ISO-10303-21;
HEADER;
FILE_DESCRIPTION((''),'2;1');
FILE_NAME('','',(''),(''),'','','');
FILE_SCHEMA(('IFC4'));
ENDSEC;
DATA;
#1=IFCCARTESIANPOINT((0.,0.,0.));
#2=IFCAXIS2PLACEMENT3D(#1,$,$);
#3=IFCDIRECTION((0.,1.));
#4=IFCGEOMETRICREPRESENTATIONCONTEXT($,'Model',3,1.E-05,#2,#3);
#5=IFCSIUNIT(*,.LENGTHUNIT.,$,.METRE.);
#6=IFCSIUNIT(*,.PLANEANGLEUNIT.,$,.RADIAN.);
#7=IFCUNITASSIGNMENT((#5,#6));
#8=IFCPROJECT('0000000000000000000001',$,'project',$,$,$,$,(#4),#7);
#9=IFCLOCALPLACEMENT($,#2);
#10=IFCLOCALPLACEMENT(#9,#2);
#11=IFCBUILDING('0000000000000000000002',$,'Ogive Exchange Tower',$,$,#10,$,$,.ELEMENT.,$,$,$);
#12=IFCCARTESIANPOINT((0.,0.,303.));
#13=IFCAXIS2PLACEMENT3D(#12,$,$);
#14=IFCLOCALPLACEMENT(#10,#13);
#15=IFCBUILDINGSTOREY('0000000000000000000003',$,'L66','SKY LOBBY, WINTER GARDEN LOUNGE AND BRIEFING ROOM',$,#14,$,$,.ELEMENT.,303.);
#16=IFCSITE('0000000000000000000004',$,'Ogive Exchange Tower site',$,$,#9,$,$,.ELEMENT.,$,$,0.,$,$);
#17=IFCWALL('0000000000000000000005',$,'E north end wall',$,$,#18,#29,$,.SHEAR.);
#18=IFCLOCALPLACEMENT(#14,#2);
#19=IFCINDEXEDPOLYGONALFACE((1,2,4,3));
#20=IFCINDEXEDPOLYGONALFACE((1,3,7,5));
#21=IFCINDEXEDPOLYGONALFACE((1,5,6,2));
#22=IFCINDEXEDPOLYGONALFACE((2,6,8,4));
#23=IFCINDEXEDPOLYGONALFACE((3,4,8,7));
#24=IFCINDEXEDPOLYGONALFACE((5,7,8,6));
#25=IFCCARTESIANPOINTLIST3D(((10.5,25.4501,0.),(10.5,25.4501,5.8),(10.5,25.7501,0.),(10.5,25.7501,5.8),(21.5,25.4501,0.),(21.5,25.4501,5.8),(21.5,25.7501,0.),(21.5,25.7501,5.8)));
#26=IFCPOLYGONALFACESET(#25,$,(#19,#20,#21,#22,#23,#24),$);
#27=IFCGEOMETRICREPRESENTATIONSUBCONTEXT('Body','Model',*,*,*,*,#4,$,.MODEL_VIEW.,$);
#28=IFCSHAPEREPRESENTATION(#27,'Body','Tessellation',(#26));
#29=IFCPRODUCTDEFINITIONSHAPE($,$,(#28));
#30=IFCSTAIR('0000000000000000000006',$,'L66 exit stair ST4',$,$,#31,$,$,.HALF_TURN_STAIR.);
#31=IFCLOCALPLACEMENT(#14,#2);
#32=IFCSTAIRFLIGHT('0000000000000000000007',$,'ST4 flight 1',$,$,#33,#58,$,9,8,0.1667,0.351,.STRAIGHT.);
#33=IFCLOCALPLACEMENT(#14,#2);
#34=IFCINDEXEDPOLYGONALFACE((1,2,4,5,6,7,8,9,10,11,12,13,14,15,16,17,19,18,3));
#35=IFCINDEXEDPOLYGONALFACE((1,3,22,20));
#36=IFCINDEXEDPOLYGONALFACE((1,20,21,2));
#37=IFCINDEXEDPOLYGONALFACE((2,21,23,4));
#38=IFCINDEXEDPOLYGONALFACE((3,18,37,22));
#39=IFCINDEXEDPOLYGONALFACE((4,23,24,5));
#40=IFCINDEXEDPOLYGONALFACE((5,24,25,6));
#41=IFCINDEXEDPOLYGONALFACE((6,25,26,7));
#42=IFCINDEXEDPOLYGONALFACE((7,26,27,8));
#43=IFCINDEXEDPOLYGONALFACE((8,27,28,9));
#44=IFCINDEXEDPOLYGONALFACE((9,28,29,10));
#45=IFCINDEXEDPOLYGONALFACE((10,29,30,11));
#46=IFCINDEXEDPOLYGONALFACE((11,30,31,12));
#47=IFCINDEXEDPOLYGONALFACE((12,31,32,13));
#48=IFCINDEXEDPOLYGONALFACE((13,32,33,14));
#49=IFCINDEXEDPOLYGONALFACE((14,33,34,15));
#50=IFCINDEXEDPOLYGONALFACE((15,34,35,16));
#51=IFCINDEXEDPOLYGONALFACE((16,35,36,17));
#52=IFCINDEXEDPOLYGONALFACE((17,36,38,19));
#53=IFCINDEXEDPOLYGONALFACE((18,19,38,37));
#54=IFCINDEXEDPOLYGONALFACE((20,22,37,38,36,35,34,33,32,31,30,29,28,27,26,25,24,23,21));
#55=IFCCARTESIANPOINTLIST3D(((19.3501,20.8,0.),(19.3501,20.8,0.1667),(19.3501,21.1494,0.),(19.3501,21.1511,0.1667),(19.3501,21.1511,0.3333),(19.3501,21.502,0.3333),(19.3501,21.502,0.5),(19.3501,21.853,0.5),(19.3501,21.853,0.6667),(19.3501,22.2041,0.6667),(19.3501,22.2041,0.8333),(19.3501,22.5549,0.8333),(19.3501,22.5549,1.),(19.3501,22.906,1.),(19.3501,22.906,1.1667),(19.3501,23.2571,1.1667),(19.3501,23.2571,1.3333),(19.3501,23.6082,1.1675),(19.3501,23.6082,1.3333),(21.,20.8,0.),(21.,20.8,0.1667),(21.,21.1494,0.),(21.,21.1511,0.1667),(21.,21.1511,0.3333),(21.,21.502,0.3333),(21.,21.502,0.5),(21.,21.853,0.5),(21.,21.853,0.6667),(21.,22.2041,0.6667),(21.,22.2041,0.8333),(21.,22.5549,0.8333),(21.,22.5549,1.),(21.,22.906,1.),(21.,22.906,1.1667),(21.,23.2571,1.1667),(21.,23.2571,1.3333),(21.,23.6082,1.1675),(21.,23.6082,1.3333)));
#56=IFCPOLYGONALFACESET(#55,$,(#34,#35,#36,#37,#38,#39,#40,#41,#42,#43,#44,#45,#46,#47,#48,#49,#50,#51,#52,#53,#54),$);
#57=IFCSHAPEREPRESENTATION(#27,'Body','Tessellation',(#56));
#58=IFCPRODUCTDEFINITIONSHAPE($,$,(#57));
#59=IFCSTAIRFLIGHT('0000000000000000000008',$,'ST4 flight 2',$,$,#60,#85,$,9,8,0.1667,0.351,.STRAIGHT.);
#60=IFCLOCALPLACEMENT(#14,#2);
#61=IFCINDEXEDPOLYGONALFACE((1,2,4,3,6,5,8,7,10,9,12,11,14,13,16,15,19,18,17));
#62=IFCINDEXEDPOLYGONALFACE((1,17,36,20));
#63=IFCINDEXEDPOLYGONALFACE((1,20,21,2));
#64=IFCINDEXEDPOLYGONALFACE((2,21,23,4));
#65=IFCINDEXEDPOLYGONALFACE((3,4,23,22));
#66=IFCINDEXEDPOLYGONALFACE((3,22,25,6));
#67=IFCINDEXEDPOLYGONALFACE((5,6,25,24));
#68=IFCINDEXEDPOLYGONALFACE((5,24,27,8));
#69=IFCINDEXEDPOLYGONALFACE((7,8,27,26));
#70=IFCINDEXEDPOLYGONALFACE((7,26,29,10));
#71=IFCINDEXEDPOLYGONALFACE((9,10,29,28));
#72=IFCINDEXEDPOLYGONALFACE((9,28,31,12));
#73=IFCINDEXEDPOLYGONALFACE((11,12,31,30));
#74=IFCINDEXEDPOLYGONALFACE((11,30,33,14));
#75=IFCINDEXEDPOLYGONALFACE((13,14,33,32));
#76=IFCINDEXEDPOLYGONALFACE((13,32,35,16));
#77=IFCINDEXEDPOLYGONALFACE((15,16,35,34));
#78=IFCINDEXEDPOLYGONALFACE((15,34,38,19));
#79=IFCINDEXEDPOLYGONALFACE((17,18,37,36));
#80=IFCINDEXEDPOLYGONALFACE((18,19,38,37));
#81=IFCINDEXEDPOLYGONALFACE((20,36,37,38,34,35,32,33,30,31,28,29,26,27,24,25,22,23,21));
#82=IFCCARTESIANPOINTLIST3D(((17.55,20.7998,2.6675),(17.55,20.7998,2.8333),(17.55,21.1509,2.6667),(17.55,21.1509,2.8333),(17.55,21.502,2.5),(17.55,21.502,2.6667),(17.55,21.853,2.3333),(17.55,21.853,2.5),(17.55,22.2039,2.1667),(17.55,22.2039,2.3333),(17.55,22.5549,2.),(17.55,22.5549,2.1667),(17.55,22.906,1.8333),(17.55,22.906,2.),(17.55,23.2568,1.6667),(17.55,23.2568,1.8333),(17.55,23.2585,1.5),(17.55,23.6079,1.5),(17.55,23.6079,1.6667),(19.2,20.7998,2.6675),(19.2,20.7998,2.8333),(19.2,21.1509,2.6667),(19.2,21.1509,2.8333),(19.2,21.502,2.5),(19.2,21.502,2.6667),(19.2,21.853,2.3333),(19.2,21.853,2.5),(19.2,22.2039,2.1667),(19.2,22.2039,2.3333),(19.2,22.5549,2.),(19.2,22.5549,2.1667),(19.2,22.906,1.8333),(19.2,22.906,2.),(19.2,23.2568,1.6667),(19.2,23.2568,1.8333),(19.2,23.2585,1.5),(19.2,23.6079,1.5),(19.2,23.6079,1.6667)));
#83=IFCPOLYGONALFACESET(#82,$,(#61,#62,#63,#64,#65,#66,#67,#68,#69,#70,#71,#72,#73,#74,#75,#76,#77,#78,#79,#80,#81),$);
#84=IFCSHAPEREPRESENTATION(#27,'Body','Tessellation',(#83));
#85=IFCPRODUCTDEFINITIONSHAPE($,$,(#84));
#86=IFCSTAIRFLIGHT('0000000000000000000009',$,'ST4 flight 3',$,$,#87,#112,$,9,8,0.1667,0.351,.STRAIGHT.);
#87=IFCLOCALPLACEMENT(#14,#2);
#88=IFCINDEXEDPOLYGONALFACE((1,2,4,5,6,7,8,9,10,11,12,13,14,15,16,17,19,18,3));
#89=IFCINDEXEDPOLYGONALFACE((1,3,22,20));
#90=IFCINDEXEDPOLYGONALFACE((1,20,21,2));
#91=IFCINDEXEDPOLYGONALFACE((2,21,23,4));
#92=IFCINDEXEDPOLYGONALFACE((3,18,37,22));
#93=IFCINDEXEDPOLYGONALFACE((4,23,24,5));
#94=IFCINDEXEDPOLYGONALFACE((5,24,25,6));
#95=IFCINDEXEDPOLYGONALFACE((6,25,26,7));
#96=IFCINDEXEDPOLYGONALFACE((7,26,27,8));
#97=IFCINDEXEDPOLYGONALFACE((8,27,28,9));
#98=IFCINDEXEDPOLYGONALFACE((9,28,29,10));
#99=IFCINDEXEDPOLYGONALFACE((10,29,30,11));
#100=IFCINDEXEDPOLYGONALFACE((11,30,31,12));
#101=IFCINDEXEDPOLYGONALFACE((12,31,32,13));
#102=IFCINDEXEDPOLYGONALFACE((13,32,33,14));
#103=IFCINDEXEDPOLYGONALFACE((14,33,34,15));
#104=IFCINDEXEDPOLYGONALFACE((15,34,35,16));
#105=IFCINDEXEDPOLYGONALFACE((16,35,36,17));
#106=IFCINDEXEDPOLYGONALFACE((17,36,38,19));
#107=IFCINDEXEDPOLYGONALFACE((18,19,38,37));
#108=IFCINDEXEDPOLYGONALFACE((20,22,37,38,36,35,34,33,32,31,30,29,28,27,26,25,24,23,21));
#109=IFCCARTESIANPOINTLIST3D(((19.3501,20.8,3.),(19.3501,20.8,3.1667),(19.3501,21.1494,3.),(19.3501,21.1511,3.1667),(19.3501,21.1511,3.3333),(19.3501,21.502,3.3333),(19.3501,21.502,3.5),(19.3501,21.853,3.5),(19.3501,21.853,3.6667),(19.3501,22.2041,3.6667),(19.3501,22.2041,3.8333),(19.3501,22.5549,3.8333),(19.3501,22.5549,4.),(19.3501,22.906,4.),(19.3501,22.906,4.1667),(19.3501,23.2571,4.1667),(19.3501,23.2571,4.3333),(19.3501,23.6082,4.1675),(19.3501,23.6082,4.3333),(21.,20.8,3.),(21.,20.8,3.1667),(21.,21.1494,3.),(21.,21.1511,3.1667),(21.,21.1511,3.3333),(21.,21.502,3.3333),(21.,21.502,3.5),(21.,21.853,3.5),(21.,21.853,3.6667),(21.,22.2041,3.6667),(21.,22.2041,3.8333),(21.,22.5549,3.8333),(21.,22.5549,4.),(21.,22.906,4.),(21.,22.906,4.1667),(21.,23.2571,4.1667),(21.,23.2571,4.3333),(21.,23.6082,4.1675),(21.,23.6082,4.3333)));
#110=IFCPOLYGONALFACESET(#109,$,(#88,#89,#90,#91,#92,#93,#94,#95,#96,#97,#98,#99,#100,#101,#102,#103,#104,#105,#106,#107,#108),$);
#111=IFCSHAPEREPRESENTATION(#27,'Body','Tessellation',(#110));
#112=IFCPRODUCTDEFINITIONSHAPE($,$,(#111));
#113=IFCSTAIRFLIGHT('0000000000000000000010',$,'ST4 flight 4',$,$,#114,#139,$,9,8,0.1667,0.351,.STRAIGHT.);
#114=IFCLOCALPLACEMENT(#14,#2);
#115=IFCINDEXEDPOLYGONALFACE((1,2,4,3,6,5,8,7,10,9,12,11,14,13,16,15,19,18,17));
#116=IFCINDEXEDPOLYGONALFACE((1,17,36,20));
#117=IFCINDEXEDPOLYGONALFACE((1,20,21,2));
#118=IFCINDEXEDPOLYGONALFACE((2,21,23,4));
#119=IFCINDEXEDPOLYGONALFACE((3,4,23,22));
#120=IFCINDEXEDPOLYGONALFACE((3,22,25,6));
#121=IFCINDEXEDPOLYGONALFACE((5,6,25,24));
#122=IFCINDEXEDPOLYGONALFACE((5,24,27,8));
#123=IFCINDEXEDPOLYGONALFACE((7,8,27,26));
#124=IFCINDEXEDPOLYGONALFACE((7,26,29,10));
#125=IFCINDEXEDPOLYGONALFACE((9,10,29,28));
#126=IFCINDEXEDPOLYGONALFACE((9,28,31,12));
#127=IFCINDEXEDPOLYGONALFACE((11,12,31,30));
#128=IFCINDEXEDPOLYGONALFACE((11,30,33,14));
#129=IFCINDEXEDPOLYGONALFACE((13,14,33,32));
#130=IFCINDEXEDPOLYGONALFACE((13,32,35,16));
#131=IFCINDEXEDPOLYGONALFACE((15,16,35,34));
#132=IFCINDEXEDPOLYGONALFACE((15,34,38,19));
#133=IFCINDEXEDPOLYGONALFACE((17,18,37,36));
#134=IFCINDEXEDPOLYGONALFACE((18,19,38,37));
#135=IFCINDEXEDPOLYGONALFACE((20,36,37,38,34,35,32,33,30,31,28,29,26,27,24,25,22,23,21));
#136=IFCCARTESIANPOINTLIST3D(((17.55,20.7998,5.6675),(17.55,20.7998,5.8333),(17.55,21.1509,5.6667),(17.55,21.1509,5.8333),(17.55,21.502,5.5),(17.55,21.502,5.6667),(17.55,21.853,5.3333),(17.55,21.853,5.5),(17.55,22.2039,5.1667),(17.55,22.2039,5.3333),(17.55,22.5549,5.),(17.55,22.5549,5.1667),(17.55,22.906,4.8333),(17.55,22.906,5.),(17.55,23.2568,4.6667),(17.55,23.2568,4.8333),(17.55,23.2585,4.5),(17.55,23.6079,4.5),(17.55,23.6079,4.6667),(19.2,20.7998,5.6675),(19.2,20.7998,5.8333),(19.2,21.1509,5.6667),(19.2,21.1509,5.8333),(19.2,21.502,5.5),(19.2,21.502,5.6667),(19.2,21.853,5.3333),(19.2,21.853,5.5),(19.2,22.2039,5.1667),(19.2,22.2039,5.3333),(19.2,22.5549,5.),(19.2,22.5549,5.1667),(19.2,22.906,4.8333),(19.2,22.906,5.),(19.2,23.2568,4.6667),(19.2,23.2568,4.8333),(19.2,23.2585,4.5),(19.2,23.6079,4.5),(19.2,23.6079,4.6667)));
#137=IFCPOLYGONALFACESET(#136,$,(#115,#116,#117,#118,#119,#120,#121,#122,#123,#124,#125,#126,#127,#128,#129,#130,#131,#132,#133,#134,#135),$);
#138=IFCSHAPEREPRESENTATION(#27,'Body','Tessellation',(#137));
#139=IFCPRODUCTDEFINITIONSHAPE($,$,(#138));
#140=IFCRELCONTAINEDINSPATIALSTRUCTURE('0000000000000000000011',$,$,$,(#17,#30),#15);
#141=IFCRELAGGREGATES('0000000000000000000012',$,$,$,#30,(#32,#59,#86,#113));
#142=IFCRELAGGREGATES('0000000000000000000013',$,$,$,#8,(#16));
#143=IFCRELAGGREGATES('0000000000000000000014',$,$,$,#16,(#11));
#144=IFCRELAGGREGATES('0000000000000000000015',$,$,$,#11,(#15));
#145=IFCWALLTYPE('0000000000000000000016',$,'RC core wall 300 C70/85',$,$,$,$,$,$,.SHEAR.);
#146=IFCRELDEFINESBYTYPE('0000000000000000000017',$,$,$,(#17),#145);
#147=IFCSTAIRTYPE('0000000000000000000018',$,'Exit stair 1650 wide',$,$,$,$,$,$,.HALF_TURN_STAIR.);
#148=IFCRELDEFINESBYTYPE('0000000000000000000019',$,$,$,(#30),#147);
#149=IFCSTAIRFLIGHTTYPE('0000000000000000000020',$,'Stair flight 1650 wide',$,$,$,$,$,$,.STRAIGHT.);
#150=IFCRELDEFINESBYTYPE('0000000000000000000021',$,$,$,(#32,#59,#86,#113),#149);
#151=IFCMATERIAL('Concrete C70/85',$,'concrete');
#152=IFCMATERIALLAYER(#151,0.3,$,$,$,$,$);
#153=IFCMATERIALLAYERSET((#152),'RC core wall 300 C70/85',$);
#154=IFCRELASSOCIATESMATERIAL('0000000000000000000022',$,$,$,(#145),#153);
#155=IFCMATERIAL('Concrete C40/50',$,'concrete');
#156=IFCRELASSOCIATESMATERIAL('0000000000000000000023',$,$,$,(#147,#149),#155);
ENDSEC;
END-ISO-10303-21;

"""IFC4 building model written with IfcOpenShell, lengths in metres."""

from ifc_helpers import new_model, si_unit, direction, frame, frame_2d, origin, place, context, subcontext, project, spatial, polyline, rectangle, outline, extrude, material, layer, layer_set, type_object, element, aggregate, save


model = new_model("IFC4")

# Units and contexts
model_context = context("Model", 3, precision=1e-05, world=origin(), true_north=direction((0.0, 1.0)))
body_context = subcontext(model_context, "Body", "Model", "MODEL_VIEW")
ifc_project = project(units=[si_unit("LENGTHUNIT", "METRE"), si_unit("PLANEANGLEUNIT", "RADIAN")], contexts=[model_context])

# Site, building, storey
site_placement = place(None, origin())
site = spatial("IfcSite", under=ifc_project, at=site_placement, Name="Ogive Exchange Tower site", CompositionType="ELEMENT", RefElevation=0.0)
building_placement = place(site_placement, origin())
building = spatial("IfcBuilding", under=site, at=building_placement, Name="Ogive Exchange Tower", CompositionType="ELEMENT")
storey_placement = place(building_placement, frame((0.0, 0.0, 303.0)))
storey = spatial("IfcBuildingStorey", under=building, at=storey_placement, Name="L66", Description="SKY LOBBY, WINTER GARDEN LOUNGE AND BRIEFING ROOM", CompositionType="ELEMENT", Elevation=303.0)

# Shared definitions
ifc_material_1 = material(Name="Concrete C70/85", Category="concrete")

# Wall
ifc_layer_1 = layer(ifc_material_1, 0.3)
ifc_layer_set_1 = layer_set([ifc_layer_1], Name="RC core wall 300 C70/85")
wall_type_1 = type_object("IfcWallType", Name="RC core wall 300 C70/85", PredefinedType="SHEAR", material=ifc_layer_set_1)
wall_1_placement = place(storey_placement, frame((10.5, 25.6001, 0.0), z_axis=(0.0, 0.0, 1.0), x_axis=(1.0, 0.0, 0.0)))
element("IfcWall", 1, at=wall_1_placement, inside=storey, type_object=wall_type_1, Name="E north end wall", PredefinedType="SHEAR", context=body_context, shape_type="SweptSolid", body=[
    extrude(rectangle(XDim=11.0, YDim=0.3, at=frame_2d((5.5, 0.0))), origin(), (0.0, 0.0, 1.0), 5.8),
])

# Stair, stair flights
ifc_material_2 = material(Name="Concrete C40/50", Category="concrete")
stair_type = type_object("IfcStairType", Name="Exit stair 1650 wide", PredefinedType="HALF_TURN_STAIR", material=ifc_material_2)
stair_placement = place(storey_placement, origin())
stair = element("IfcStair", 2, at=stair_placement, inside=storey, type_object=stair_type, Name="L66 exit stair ST4", PredefinedType="HALF_TURN_STAIR")
stair_flight_type = type_object("IfcStairFlightType", Name="Stair flight 1650 wide", PredefinedType="STRAIGHT", material=ifc_material_2)
stair_flight_1_placement = place(storey_placement, frame((20.175, 20.8, 0.0), z_axis=(0.0, 0.0, 1.0), x_axis=(0.0, 1.0, 0.0)))
stair_flight_1 = element("IfcStairFlight", 3, at=stair_flight_1_placement, type_object=stair_flight_type, Name="ST4 flight 1", NumberOfRisers=9, NumberOfTreads=8, PredefinedType="STRAIGHT", RiserHeight=0.1667, TreadLength=0.351, context=body_context, shape_type="SweptSolid", body=[
    extrude(outline(polyline([(0.0, 0.0), (0.0, 0.1667), (0.3511, 0.1667), (0.3511, 0.3333), (0.7019, 0.3333), (0.7019, 0.5), (1.053, 0.5), (1.053, 0.6667), (1.4041, 0.6667), (1.4041, 0.8333), (1.7549, 0.8333), (1.7549, 1.0), (2.106, 1.0), (2.106, 1.1667), (2.457, 1.1667), (2.457, 1.3333), (2.8081, 1.3333), (2.8081, 1.5), (2.8081, 1.1675), (0.3494, 0.0), (0.0, 0.0)])), frame((0.0, 0.825, 0.0), z_axis=(0.0, -1.0, 0.0), x_axis=(1.0, 0.0, 0.0)), (0.0, 0.0, 1.0), 1.6499),
])
stair_flight_2_placement = place(storey_placement, frame((18.375, 23.6079, 1.5), z_axis=(0.0, 0.0, 1.0), x_axis=(0.0, -1.0, 0.0)))
stair_flight_2 = element("IfcStairFlight", 4, at=stair_flight_2_placement, type_object=stair_flight_type, Name="ST4 flight 2", NumberOfRisers=9, NumberOfTreads=8, PredefinedType="STRAIGHT", RiserHeight=0.1667, TreadLength=0.351, context=body_context, shape_type="SweptSolid", body=[
    extrude(outline(polyline([(0.0, 0.0), (0.0, 0.1667), (0.3511, 0.1667), (0.3511, 0.3333), (0.7019, 0.3333), (0.7019, 0.5), (1.053, 0.5), (1.053, 0.6667), (1.4041, 0.6667), (1.4041, 0.8333), (1.7549, 0.8333), (1.7549, 1.0), (2.106, 1.0), (2.106, 1.1667), (2.457, 1.1667), (2.457, 1.3333), (2.8081, 1.3333), (2.8081, 1.5), (2.8081, 1.1675), (0.3494, 0.0), (0.0, 0.0)])), frame((0.0, 0.825, 0.0), z_axis=(0.0, -1.0, 0.0), x_axis=(1.0, 0.0, 0.0)), (0.0, 0.0, 1.0), 1.6499),
])
stair_flight_3_placement = place(storey_placement, frame((20.175, 20.8, 3.0), z_axis=(0.0, 0.0, 1.0), x_axis=(0.0, 1.0, 0.0)))
stair_flight_3 = element("IfcStairFlight", 5, at=stair_flight_3_placement, type_object=stair_flight_type, Name="ST4 flight 3", NumberOfRisers=9, NumberOfTreads=8, PredefinedType="STRAIGHT", RiserHeight=0.1667, TreadLength=0.351, context=body_context, shape_type="SweptSolid", body=[
    extrude(outline(polyline([(0.0, 0.0), (0.0, 0.1667), (0.3511, 0.1667), (0.3511, 0.3333), (0.7019, 0.3333), (0.7019, 0.5), (1.053, 0.5), (1.053, 0.6667), (1.4041, 0.6667), (1.4041, 0.8333), (1.7549, 0.8333), (1.7549, 1.0), (2.106, 1.0), (2.106, 1.1667), (2.457, 1.1667), (2.457, 1.3333), (2.8081, 1.3333), (2.8081, 1.5), (2.8081, 1.1675), (0.3494, 0.0), (0.0, 0.0)])), frame((0.0, 0.825, 0.0), z_axis=(0.0, -1.0, 0.0), x_axis=(1.0, 0.0, 0.0)), (0.0, 0.0, 1.0), 1.6499),
])
stair_flight_4_placement = place(storey_placement, frame((18.375, 23.6079, 4.5), z_axis=(0.0, 0.0, 1.0), x_axis=(0.0, -1.0, 0.0)))
stair_flight_4 = element("IfcStairFlight", 6, at=stair_flight_4_placement, type_object=stair_flight_type, Name="ST4 flight 4", NumberOfRisers=9, NumberOfTreads=8, PredefinedType="STRAIGHT", RiserHeight=0.1667, TreadLength=0.351, context=body_context, shape_type="SweptSolid", body=[
    extrude(outline(polyline([(0.0, 0.0), (0.0, 0.1667), (0.3511, 0.1667), (0.3511, 0.3333), (0.7019, 0.3333), (0.7019, 0.5), (1.053, 0.5), (1.053, 0.6667), (1.4041, 0.6667), (1.4041, 0.8333), (1.7549, 0.8333), (1.7549, 1.0), (2.106, 1.0), (2.106, 1.1667), (2.457, 1.1667), (2.457, 1.3333), (2.8081, 1.3333), (2.8081, 1.5), (2.8081, 1.1675), (0.3494, 0.0), (0.0, 0.0)])), frame((0.0, 0.825, 0.0), z_axis=(0.0, -1.0, 0.0), x_axis=(1.0, 0.0, 0.0)), (0.0, 0.0, 1.0), 1.6499),
])
aggregate(stair, [stair_flight_1, stair_flight_2, stair_flight_3, stair_flight_4])

save(model, "model.ifc")
